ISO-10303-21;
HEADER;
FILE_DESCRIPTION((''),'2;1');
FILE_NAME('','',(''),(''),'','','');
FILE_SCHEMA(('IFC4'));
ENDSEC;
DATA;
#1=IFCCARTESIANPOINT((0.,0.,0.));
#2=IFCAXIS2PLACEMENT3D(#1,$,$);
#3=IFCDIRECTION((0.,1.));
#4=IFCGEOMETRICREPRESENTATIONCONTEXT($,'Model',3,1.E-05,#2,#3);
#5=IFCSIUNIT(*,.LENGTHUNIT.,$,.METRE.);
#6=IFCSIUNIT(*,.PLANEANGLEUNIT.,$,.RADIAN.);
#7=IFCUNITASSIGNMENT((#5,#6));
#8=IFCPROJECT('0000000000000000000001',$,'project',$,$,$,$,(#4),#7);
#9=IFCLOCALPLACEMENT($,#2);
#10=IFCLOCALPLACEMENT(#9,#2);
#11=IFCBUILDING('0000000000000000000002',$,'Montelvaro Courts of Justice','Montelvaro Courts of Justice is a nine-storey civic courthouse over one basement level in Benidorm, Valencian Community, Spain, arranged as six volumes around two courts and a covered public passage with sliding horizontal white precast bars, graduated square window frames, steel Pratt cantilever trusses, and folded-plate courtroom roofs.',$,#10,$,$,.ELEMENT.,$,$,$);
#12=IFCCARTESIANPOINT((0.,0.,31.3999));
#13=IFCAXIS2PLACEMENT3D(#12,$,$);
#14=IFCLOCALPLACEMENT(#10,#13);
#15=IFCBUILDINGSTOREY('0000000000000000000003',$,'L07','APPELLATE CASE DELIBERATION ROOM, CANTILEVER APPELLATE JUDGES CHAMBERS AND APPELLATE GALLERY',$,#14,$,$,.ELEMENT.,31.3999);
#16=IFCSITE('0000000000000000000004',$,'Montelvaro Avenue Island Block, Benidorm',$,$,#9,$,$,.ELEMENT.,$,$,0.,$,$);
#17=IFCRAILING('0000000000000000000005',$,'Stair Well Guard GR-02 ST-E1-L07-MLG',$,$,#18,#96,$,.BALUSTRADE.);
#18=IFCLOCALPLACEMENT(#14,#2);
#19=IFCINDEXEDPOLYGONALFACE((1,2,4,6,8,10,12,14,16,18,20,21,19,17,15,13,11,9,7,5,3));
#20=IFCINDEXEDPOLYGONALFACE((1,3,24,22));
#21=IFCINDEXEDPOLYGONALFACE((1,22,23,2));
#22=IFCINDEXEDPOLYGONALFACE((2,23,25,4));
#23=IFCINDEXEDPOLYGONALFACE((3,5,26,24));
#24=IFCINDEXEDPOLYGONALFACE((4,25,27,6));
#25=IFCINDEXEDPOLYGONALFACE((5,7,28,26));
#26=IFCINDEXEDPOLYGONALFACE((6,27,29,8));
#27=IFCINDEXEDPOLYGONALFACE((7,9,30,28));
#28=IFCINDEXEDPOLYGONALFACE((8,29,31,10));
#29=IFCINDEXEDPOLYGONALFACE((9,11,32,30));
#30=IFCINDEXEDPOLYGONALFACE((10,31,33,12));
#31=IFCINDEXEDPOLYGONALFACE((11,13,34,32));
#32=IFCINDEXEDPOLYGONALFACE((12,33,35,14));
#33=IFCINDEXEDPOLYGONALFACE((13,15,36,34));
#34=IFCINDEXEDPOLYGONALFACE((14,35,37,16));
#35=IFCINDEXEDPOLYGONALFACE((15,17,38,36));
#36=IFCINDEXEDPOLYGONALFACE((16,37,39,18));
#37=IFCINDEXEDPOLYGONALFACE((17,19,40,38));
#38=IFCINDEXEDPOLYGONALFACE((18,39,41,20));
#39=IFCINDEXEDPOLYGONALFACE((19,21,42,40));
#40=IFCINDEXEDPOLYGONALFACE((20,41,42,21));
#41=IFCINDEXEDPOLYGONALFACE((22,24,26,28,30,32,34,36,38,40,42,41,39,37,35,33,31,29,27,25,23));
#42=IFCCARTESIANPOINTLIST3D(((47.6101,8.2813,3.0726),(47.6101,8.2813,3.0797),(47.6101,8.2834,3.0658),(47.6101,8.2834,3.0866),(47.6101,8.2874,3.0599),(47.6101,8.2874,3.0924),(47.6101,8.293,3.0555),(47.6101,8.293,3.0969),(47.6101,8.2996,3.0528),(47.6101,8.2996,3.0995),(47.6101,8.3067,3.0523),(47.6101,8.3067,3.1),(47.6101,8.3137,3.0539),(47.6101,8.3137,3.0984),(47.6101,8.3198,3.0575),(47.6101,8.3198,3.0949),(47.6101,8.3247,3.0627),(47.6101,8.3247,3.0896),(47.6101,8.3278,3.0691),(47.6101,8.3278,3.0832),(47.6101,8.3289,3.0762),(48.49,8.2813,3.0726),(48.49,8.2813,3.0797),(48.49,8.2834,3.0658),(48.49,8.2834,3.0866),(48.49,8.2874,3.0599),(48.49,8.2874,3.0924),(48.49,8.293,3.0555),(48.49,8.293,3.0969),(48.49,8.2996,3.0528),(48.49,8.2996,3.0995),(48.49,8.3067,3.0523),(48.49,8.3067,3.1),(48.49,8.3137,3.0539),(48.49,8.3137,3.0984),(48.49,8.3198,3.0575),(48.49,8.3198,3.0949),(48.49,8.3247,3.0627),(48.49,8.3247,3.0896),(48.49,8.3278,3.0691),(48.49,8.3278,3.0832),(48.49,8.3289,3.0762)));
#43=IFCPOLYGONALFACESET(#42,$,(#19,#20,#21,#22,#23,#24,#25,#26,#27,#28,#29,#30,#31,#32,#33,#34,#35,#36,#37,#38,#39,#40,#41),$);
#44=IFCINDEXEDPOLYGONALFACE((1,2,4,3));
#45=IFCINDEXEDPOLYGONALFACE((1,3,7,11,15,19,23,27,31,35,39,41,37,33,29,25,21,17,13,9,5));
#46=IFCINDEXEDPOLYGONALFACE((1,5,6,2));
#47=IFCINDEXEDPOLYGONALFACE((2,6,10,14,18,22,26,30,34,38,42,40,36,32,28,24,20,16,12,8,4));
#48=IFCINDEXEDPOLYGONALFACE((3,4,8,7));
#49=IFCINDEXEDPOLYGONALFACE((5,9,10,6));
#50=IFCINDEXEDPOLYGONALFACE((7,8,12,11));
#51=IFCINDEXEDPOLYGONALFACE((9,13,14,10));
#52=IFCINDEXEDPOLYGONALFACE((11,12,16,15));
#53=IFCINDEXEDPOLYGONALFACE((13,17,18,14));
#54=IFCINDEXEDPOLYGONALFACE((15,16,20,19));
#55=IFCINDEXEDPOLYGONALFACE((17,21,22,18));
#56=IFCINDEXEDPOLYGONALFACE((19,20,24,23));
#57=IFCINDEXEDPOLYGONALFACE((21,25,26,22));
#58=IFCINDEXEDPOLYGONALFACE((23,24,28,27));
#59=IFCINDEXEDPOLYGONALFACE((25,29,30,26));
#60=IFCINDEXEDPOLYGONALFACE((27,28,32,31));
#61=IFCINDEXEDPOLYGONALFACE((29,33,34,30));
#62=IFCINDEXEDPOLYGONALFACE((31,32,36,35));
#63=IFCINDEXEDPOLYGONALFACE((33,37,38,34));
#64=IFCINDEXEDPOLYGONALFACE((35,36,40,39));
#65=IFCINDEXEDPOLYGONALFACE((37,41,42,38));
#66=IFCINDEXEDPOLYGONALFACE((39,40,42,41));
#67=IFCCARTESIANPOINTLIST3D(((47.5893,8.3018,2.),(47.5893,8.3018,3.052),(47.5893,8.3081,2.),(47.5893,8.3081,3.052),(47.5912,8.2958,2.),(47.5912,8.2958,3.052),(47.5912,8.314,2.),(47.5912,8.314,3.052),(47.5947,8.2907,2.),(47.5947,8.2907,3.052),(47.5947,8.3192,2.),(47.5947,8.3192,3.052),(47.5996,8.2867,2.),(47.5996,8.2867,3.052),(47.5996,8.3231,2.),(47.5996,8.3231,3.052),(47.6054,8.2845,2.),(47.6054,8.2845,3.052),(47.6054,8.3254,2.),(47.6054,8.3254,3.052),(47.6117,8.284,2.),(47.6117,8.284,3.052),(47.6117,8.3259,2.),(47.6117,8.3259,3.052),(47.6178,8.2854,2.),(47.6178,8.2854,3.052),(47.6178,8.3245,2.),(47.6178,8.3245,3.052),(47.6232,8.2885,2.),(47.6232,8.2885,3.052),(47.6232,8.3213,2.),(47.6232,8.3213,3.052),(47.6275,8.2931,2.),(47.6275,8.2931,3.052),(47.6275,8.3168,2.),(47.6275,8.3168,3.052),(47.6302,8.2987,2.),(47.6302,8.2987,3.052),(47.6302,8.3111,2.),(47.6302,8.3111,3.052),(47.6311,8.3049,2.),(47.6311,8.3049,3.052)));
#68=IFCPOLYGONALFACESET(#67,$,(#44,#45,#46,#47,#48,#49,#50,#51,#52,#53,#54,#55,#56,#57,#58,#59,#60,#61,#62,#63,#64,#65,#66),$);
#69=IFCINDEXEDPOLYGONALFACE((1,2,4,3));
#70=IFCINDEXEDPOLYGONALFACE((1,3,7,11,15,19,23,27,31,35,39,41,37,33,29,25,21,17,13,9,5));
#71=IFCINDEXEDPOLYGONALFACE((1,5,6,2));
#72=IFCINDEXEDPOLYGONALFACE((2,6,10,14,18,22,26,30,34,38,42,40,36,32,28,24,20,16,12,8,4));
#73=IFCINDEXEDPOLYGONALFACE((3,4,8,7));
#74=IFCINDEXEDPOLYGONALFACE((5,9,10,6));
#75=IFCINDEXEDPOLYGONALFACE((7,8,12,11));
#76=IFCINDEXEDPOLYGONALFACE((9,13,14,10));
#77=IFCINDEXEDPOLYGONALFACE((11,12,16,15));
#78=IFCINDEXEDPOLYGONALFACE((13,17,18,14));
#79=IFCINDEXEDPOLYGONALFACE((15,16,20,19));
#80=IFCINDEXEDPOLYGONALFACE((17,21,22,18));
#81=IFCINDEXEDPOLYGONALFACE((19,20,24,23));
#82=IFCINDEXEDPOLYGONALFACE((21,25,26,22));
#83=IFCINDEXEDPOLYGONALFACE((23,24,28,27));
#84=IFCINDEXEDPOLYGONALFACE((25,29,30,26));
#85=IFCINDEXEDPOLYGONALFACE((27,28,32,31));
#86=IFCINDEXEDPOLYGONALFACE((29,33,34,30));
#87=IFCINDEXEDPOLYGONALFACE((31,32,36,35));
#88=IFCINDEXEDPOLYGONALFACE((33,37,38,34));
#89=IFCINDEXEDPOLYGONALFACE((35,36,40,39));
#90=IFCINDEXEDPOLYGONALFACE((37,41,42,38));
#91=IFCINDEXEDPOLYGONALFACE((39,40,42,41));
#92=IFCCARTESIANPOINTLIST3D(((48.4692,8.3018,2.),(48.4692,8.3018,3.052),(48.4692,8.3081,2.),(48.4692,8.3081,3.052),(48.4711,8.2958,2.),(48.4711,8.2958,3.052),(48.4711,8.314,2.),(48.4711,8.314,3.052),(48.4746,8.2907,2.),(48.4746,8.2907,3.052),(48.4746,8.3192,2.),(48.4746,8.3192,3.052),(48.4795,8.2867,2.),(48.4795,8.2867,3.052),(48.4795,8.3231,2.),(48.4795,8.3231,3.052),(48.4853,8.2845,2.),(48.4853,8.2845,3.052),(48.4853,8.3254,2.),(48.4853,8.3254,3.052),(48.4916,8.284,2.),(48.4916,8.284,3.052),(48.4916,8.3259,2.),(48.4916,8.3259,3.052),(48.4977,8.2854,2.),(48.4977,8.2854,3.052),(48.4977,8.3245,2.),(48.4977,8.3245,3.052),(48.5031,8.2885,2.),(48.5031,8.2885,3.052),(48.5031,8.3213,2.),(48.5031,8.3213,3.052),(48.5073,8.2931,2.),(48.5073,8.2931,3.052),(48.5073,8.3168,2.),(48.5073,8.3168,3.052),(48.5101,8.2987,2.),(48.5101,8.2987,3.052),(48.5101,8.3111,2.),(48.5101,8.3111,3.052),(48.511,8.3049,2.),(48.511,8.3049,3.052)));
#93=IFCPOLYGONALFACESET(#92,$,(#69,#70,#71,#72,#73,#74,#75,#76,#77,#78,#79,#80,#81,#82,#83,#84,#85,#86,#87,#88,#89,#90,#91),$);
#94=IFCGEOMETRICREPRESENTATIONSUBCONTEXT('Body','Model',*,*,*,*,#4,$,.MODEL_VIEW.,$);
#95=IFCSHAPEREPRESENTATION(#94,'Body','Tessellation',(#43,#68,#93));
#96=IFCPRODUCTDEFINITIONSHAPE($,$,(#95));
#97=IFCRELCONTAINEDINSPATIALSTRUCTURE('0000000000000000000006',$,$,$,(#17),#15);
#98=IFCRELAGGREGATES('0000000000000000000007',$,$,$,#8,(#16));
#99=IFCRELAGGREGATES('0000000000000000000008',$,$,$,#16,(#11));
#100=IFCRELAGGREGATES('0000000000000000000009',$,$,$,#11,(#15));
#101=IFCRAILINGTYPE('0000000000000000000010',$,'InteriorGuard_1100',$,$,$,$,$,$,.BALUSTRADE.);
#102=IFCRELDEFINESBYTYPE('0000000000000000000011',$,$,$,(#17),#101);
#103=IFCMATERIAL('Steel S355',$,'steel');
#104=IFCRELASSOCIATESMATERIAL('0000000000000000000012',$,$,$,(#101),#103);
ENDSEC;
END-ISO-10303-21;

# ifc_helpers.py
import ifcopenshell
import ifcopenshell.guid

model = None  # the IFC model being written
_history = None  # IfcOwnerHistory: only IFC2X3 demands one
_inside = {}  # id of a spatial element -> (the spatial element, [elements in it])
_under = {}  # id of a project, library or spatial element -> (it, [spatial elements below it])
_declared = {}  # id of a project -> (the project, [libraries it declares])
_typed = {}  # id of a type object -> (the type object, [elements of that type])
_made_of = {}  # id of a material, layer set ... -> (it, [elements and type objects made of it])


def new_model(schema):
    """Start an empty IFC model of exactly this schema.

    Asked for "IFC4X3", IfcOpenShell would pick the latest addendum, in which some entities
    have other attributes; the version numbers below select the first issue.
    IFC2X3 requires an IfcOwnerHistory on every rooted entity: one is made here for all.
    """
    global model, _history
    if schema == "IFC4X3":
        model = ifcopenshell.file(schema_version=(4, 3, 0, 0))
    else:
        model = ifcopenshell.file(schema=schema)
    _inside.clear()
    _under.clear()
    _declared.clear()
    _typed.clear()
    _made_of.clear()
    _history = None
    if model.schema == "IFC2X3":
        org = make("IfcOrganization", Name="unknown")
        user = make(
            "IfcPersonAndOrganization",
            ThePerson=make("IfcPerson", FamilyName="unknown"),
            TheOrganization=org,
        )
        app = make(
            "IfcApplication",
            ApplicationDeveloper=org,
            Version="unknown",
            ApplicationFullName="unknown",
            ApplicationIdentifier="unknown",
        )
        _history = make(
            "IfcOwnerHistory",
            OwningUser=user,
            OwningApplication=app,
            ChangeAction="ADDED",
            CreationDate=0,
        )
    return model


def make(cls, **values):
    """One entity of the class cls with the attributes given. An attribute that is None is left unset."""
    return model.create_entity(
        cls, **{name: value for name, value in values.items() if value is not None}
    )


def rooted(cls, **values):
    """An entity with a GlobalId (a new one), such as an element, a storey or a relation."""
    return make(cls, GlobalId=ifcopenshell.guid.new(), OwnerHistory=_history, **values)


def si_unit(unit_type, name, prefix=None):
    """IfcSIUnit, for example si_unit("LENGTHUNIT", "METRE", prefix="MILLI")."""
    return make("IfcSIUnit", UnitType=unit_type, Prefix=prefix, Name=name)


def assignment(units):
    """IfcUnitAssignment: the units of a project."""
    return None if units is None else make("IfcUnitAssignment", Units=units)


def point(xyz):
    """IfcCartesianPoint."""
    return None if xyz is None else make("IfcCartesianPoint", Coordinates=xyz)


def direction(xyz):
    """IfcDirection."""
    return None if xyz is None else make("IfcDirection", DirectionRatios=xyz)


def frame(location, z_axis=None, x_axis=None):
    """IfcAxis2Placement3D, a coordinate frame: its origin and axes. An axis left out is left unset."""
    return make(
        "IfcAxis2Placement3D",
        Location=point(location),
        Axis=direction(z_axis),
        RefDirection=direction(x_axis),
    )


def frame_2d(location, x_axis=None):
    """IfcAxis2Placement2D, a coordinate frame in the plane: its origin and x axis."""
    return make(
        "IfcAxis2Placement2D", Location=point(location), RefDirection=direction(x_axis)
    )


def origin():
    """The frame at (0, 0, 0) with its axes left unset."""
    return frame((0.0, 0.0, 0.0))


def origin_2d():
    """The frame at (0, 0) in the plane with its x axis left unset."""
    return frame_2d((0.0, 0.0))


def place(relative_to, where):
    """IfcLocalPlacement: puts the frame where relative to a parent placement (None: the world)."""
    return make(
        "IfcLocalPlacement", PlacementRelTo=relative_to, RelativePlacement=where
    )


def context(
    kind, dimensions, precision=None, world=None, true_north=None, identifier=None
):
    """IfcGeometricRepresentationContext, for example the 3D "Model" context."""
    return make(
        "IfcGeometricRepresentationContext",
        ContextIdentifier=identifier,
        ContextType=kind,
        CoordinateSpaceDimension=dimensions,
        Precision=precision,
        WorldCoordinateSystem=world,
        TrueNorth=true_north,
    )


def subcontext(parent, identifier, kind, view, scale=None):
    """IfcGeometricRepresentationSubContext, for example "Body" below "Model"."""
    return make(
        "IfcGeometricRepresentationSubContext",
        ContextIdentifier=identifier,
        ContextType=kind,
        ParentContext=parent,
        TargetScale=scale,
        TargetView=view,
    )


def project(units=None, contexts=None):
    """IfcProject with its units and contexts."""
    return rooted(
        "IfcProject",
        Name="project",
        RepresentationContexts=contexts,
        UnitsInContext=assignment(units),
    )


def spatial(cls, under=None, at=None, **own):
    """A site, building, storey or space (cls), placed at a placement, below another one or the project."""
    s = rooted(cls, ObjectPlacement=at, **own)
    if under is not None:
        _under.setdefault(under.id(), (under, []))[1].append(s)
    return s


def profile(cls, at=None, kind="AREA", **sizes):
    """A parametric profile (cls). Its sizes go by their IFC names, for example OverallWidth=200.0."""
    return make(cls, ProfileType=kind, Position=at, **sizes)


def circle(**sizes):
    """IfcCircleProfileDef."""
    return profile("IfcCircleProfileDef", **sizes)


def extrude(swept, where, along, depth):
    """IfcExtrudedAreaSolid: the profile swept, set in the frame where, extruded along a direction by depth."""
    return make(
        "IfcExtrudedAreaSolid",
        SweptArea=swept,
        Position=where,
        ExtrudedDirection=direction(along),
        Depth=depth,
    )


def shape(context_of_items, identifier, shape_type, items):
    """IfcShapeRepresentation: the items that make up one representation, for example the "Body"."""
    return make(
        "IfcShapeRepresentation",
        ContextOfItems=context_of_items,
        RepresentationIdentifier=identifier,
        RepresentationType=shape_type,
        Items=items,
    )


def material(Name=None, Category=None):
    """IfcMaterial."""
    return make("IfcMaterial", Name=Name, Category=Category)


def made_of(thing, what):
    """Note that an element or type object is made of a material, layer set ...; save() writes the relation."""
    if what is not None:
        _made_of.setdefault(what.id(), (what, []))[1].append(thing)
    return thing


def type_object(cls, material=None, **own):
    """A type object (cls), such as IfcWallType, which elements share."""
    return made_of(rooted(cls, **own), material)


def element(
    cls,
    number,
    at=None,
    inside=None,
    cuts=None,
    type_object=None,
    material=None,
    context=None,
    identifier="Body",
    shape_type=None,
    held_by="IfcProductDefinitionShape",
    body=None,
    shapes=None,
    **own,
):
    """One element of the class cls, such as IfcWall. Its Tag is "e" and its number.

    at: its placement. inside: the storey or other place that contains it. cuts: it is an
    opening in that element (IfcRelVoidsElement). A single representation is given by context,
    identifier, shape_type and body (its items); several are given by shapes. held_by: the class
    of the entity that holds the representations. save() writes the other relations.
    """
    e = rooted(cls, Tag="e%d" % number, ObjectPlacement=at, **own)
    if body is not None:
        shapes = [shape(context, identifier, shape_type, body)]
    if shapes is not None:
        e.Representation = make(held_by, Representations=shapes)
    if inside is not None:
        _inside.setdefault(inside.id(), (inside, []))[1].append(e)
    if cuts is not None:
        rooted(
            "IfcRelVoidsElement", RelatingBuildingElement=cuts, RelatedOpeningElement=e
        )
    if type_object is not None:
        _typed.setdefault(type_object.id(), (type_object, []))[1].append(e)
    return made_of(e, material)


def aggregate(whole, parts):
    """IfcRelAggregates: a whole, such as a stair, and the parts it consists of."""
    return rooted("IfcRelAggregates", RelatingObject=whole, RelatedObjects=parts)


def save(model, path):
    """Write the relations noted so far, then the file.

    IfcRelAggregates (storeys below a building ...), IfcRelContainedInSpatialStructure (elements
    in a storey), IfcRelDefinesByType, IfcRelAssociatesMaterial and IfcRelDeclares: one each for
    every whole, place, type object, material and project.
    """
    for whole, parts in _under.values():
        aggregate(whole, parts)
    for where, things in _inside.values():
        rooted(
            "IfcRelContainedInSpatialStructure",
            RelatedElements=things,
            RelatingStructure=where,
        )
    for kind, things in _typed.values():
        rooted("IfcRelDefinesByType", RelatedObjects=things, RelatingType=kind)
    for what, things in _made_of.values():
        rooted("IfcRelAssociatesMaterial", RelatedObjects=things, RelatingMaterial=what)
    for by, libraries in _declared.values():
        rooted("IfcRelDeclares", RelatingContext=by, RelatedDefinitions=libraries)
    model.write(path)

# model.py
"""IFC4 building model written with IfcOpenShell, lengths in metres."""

from ifc_helpers import new_model, si_unit, direction, frame, origin, origin_2d, place, context, subcontext, project, spatial, circle, extrude, material, type_object, element, save


model = new_model("IFC4")

# Units and contexts
model_context = context("Model", 3, precision=1e-05, world=origin(), true_north=direction((0.0, 1.0)))
body_context = subcontext(model_context, "Body", "Model", "MODEL_VIEW")
ifc_project = project(units=[si_unit("LENGTHUNIT", "METRE"), si_unit("PLANEANGLEUNIT", "RADIAN")], contexts=[model_context])

# Site, building, storey
site_placement = place(None, origin())
site = spatial("IfcSite", under=ifc_project, at=site_placement, Name="Montelvaro Avenue Island Block, Benidorm", CompositionType="ELEMENT", RefElevation=0.0)
building_placement = place(site_placement, origin())
building = spatial("IfcBuilding", under=site, at=building_placement, Name="Montelvaro Courts of Justice", Description="Montelvaro Courts of Justice is a nine-storey civic courthouse over one basement level in Benidorm, Valencian Community, Spain, arranged as six volumes around two courts and a covered public passage with sliding horizontal white precast bars, graduated square window frames, steel Pratt cantilever trusses, and folded-plate courtroom roofs.", CompositionType="ELEMENT")
storey_placement = place(building_placement, frame((0.0, 0.0, 31.3999)))
storey = spatial("IfcBuildingStorey", under=building, at=storey_placement, Name="L07", Description="APPELLATE CASE DELIBERATION ROOM, CANTILEVER APPELLATE JUDGES CHAMBERS AND APPELLATE GALLERY", CompositionType="ELEMENT", Elevation=31.3999)

# Shared definitions
ifc_material_1 = material(Name="Steel S355", Category="steel")

# Railing
railing_type = type_object("IfcRailingType", Name="InteriorGuard_1100", PredefinedType="BALUSTRADE", material=ifc_material_1)
railing_1_placement = place(storey_placement, frame((47.6101, 8.3049, 2.0)))
element("IfcRailing", 1, at=railing_1_placement, inside=storey, type_object=railing_type, Name="Stair Well Guard GR-02 ST-E1-L07-MLG", PredefinedType="BALUSTRADE", context=body_context, shape_type="SweptSolid", body=[
    extrude(circle(Radius=0.0239, at=origin_2d()), frame((0.0, 0.0, 1.0762), z_axis=(1.0, 0.0, 0.0), x_axis=(0.0, 1.0, 0.0)), (0.0, 0.0, 1.0), 0.8799),
    extrude(circle(Radius=0.021, at=origin_2d()), origin(), (0.0, 0.0, 1.0), 1.052),
    extrude(circle(Radius=0.021, at=origin_2d()), frame((0.8799, 0.0, 0.0)), (0.0, 0.0, 1.0), 1.052),
])

save(model, "model.ifc")
